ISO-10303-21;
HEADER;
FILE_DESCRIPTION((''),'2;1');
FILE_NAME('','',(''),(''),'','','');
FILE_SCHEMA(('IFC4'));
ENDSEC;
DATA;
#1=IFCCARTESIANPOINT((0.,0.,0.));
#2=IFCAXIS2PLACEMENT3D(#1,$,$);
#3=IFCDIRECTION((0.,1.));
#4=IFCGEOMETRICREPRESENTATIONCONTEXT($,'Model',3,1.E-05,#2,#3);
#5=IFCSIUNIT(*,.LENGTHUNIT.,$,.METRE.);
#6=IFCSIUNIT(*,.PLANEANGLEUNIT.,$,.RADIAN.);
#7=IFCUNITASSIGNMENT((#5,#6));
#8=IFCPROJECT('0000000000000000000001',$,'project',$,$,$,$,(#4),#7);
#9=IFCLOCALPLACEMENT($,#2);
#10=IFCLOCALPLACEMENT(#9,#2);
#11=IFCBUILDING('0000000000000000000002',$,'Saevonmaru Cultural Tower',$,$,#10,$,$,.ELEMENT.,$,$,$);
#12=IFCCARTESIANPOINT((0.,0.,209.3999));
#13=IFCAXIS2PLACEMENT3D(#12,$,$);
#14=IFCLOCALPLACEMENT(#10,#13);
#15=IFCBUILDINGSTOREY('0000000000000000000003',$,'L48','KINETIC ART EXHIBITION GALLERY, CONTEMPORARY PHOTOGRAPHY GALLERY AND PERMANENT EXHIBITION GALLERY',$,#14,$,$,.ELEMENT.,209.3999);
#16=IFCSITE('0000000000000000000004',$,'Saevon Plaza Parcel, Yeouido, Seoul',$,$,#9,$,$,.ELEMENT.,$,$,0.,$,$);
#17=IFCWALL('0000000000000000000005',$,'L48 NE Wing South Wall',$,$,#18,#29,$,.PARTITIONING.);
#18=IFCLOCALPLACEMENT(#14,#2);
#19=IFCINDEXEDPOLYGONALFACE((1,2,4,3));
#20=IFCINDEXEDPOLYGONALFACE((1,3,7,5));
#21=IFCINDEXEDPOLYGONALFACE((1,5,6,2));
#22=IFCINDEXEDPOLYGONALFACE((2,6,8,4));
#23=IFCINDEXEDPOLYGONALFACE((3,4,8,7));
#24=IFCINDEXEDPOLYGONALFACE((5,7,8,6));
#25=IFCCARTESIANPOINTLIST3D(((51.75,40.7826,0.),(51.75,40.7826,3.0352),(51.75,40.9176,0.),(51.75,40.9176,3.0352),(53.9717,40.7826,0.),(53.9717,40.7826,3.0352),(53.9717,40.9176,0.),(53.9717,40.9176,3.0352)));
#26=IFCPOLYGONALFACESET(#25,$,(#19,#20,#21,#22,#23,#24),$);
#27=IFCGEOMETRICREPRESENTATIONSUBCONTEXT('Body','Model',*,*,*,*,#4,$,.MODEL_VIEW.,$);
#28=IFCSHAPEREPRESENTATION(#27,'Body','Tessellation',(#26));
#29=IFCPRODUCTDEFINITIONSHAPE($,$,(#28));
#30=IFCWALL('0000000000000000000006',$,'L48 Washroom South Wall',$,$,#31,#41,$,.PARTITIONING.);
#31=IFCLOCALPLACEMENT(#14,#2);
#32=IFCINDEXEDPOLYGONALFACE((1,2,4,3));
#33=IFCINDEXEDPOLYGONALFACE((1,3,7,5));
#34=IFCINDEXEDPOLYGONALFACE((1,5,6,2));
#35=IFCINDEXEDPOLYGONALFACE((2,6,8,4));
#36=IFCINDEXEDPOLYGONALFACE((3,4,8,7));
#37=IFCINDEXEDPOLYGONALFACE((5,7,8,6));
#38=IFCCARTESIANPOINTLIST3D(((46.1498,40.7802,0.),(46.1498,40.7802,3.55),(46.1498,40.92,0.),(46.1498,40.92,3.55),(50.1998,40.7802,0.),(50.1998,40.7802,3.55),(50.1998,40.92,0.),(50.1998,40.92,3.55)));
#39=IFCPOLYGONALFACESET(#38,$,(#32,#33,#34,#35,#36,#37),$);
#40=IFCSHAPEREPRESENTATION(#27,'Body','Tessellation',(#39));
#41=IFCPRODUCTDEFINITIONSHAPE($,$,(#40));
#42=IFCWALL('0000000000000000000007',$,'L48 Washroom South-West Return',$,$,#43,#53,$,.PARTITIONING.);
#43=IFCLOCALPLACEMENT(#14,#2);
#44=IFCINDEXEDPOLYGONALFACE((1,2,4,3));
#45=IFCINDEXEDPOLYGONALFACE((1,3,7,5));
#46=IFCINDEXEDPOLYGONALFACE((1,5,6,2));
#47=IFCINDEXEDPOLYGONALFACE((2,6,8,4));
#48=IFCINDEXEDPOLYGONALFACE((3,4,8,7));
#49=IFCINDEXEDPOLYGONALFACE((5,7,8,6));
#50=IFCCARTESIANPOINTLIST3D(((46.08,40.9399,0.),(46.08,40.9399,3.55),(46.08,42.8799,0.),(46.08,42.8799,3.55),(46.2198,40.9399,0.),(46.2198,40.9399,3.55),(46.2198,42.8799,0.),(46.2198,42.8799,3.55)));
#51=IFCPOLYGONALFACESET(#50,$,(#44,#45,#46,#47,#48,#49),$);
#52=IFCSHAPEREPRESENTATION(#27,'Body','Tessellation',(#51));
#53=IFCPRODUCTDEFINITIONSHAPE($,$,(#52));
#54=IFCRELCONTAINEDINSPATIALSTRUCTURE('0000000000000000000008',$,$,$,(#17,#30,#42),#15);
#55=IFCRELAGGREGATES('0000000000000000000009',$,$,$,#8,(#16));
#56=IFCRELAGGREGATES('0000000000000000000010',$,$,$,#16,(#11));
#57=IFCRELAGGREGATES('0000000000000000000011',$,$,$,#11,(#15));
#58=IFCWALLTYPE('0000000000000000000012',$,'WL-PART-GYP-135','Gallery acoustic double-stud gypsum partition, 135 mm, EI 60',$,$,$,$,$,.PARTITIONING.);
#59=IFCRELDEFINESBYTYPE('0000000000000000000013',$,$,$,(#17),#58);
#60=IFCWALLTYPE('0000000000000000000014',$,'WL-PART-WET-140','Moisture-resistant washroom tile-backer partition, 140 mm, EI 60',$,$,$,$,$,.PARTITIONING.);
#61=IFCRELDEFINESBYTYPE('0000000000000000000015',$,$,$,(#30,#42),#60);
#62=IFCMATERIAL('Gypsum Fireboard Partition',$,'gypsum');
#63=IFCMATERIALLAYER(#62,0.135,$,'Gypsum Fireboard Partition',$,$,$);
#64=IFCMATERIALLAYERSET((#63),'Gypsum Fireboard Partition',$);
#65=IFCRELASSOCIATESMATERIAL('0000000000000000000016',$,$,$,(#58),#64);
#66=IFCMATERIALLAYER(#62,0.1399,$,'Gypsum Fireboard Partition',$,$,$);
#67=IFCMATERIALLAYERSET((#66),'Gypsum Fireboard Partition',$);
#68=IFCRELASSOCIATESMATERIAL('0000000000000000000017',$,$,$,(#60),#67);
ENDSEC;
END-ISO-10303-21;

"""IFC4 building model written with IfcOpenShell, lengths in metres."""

from ifc_helpers import new_model, si_unit, direction, frame, frame_2d, origin, place, context, subcontext, project, spatial, rectangle, extrude, material, layer, layer_set, type_object, element, save


model = new_model("IFC4")

# Units and contexts
model_context = context("Model", 3, precision=1e-05, world=origin(), true_north=direction((0.0, 1.0)))
body_context = subcontext(model_context, "Body", "Model", "MODEL_VIEW")
ifc_project = project(units=[si_unit("LENGTHUNIT", "METRE"), si_unit("PLANEANGLEUNIT", "RADIAN")], contexts=[model_context])

# Site, building, storey
site_placement = place(None, origin())
site = spatial("IfcSite", under=ifc_project, at=site_placement, Name="Saevon Plaza Parcel, Yeouido, Seoul", CompositionType="ELEMENT", RefElevation=0.0)
building_placement = place(site_placement, origin())
building = spatial("IfcBuilding", under=site, at=building_placement, Name="Saevonmaru Cultural Tower", CompositionType="ELEMENT")
storey_placement = place(building_placement, frame((0.0, 0.0, 209.3999)))
storey = spatial("IfcBuildingStorey", under=building, at=storey_placement, Name="L48", Description="KINETIC ART EXHIBITION GALLERY, CONTEMPORARY PHOTOGRAPHY GALLERY AND PERMANENT EXHIBITION GALLERY", CompositionType="ELEMENT", Elevation=209.3999)

# Shared definitions
ifc_material_1 = material(Name="Gypsum Fireboard Partition", Category="gypsum")

# Walls
ifc_layer_1 = layer(ifc_material_1, 0.135, Name="Gypsum Fireboard Partition")
ifc_layer_set_1 = layer_set([ifc_layer_1], Name="Gypsum Fireboard Partition")
wall_type_1 = type_object("IfcWallType", Name="WL-PART-GYP-135", Description="Gallery acoustic double-stud gypsum partition, 135 mm, EI 60", PredefinedType="PARTITIONING", material=ifc_layer_set_1)
wall_1_placement = place(storey_placement, frame((51.75, 40.8501, 0.0), z_axis=(0.0, 0.0, 1.0), x_axis=(1.0, 0.0, 0.0)))
element("IfcWall", 1, at=wall_1_placement, inside=storey, type_object=wall_type_1, Name="L48 NE Wing South Wall", PredefinedType="PARTITIONING", context=body_context, shape_type="SweptSolid", body=[
    extrude(rectangle(XDim=2.2217, YDim=0.135, at=frame_2d((1.1108, 0.0))), origin(), (0.0, 0.0, 1.0), 3.0352),
])
ifc_layer_2 = layer(ifc_material_1, 0.1399, Name="Gypsum Fireboard Partition")
ifc_layer_set_2 = layer_set([ifc_layer_2], Name="Gypsum Fireboard Partition")
wall_type_2 = type_object("IfcWallType", Name="WL-PART-WET-140", Description="Moisture-resistant washroom tile-backer partition, 140 mm, EI 60", PredefinedType="PARTITIONING", material=ifc_layer_set_2)
wall_2_placement = place(storey_placement, frame((46.1499, 40.8501, 0.0), z_axis=(0.0, 0.0, 1.0), x_axis=(1.0, 0.0, 0.0)))
element("IfcWall", 2, at=wall_2_placement, inside=storey, type_object=wall_type_2, Name="L48 Washroom South Wall", PredefinedType="PARTITIONING", context=body_context, shape_type="SweptSolid", body=[
    extrude(rectangle(XDim=4.05, YDim=0.1399, at=frame_2d((2.0249, 0.0))), origin(), (0.0, 0.0, 1.0), 3.55),
])
wall_3_placement = place(storey_placement, frame((46.1499, 40.9399, 0.0), z_axis=(0.0, 0.0, 1.0), x_axis=(0.0, 1.0, 0.0)))
element("IfcWall", 3, at=wall_3_placement, inside=storey, type_object=wall_type_2, Name="L48 Washroom South-West Return", PredefinedType="PARTITIONING", context=body_context, shape_type="SweptSolid", body=[
    extrude(rectangle(XDim=1.9399, YDim=0.1399, at=frame_2d((0.97, 0.0))), origin(), (0.0, 0.0, 1.0), 3.55),
])

save(model, "model.ifc")
